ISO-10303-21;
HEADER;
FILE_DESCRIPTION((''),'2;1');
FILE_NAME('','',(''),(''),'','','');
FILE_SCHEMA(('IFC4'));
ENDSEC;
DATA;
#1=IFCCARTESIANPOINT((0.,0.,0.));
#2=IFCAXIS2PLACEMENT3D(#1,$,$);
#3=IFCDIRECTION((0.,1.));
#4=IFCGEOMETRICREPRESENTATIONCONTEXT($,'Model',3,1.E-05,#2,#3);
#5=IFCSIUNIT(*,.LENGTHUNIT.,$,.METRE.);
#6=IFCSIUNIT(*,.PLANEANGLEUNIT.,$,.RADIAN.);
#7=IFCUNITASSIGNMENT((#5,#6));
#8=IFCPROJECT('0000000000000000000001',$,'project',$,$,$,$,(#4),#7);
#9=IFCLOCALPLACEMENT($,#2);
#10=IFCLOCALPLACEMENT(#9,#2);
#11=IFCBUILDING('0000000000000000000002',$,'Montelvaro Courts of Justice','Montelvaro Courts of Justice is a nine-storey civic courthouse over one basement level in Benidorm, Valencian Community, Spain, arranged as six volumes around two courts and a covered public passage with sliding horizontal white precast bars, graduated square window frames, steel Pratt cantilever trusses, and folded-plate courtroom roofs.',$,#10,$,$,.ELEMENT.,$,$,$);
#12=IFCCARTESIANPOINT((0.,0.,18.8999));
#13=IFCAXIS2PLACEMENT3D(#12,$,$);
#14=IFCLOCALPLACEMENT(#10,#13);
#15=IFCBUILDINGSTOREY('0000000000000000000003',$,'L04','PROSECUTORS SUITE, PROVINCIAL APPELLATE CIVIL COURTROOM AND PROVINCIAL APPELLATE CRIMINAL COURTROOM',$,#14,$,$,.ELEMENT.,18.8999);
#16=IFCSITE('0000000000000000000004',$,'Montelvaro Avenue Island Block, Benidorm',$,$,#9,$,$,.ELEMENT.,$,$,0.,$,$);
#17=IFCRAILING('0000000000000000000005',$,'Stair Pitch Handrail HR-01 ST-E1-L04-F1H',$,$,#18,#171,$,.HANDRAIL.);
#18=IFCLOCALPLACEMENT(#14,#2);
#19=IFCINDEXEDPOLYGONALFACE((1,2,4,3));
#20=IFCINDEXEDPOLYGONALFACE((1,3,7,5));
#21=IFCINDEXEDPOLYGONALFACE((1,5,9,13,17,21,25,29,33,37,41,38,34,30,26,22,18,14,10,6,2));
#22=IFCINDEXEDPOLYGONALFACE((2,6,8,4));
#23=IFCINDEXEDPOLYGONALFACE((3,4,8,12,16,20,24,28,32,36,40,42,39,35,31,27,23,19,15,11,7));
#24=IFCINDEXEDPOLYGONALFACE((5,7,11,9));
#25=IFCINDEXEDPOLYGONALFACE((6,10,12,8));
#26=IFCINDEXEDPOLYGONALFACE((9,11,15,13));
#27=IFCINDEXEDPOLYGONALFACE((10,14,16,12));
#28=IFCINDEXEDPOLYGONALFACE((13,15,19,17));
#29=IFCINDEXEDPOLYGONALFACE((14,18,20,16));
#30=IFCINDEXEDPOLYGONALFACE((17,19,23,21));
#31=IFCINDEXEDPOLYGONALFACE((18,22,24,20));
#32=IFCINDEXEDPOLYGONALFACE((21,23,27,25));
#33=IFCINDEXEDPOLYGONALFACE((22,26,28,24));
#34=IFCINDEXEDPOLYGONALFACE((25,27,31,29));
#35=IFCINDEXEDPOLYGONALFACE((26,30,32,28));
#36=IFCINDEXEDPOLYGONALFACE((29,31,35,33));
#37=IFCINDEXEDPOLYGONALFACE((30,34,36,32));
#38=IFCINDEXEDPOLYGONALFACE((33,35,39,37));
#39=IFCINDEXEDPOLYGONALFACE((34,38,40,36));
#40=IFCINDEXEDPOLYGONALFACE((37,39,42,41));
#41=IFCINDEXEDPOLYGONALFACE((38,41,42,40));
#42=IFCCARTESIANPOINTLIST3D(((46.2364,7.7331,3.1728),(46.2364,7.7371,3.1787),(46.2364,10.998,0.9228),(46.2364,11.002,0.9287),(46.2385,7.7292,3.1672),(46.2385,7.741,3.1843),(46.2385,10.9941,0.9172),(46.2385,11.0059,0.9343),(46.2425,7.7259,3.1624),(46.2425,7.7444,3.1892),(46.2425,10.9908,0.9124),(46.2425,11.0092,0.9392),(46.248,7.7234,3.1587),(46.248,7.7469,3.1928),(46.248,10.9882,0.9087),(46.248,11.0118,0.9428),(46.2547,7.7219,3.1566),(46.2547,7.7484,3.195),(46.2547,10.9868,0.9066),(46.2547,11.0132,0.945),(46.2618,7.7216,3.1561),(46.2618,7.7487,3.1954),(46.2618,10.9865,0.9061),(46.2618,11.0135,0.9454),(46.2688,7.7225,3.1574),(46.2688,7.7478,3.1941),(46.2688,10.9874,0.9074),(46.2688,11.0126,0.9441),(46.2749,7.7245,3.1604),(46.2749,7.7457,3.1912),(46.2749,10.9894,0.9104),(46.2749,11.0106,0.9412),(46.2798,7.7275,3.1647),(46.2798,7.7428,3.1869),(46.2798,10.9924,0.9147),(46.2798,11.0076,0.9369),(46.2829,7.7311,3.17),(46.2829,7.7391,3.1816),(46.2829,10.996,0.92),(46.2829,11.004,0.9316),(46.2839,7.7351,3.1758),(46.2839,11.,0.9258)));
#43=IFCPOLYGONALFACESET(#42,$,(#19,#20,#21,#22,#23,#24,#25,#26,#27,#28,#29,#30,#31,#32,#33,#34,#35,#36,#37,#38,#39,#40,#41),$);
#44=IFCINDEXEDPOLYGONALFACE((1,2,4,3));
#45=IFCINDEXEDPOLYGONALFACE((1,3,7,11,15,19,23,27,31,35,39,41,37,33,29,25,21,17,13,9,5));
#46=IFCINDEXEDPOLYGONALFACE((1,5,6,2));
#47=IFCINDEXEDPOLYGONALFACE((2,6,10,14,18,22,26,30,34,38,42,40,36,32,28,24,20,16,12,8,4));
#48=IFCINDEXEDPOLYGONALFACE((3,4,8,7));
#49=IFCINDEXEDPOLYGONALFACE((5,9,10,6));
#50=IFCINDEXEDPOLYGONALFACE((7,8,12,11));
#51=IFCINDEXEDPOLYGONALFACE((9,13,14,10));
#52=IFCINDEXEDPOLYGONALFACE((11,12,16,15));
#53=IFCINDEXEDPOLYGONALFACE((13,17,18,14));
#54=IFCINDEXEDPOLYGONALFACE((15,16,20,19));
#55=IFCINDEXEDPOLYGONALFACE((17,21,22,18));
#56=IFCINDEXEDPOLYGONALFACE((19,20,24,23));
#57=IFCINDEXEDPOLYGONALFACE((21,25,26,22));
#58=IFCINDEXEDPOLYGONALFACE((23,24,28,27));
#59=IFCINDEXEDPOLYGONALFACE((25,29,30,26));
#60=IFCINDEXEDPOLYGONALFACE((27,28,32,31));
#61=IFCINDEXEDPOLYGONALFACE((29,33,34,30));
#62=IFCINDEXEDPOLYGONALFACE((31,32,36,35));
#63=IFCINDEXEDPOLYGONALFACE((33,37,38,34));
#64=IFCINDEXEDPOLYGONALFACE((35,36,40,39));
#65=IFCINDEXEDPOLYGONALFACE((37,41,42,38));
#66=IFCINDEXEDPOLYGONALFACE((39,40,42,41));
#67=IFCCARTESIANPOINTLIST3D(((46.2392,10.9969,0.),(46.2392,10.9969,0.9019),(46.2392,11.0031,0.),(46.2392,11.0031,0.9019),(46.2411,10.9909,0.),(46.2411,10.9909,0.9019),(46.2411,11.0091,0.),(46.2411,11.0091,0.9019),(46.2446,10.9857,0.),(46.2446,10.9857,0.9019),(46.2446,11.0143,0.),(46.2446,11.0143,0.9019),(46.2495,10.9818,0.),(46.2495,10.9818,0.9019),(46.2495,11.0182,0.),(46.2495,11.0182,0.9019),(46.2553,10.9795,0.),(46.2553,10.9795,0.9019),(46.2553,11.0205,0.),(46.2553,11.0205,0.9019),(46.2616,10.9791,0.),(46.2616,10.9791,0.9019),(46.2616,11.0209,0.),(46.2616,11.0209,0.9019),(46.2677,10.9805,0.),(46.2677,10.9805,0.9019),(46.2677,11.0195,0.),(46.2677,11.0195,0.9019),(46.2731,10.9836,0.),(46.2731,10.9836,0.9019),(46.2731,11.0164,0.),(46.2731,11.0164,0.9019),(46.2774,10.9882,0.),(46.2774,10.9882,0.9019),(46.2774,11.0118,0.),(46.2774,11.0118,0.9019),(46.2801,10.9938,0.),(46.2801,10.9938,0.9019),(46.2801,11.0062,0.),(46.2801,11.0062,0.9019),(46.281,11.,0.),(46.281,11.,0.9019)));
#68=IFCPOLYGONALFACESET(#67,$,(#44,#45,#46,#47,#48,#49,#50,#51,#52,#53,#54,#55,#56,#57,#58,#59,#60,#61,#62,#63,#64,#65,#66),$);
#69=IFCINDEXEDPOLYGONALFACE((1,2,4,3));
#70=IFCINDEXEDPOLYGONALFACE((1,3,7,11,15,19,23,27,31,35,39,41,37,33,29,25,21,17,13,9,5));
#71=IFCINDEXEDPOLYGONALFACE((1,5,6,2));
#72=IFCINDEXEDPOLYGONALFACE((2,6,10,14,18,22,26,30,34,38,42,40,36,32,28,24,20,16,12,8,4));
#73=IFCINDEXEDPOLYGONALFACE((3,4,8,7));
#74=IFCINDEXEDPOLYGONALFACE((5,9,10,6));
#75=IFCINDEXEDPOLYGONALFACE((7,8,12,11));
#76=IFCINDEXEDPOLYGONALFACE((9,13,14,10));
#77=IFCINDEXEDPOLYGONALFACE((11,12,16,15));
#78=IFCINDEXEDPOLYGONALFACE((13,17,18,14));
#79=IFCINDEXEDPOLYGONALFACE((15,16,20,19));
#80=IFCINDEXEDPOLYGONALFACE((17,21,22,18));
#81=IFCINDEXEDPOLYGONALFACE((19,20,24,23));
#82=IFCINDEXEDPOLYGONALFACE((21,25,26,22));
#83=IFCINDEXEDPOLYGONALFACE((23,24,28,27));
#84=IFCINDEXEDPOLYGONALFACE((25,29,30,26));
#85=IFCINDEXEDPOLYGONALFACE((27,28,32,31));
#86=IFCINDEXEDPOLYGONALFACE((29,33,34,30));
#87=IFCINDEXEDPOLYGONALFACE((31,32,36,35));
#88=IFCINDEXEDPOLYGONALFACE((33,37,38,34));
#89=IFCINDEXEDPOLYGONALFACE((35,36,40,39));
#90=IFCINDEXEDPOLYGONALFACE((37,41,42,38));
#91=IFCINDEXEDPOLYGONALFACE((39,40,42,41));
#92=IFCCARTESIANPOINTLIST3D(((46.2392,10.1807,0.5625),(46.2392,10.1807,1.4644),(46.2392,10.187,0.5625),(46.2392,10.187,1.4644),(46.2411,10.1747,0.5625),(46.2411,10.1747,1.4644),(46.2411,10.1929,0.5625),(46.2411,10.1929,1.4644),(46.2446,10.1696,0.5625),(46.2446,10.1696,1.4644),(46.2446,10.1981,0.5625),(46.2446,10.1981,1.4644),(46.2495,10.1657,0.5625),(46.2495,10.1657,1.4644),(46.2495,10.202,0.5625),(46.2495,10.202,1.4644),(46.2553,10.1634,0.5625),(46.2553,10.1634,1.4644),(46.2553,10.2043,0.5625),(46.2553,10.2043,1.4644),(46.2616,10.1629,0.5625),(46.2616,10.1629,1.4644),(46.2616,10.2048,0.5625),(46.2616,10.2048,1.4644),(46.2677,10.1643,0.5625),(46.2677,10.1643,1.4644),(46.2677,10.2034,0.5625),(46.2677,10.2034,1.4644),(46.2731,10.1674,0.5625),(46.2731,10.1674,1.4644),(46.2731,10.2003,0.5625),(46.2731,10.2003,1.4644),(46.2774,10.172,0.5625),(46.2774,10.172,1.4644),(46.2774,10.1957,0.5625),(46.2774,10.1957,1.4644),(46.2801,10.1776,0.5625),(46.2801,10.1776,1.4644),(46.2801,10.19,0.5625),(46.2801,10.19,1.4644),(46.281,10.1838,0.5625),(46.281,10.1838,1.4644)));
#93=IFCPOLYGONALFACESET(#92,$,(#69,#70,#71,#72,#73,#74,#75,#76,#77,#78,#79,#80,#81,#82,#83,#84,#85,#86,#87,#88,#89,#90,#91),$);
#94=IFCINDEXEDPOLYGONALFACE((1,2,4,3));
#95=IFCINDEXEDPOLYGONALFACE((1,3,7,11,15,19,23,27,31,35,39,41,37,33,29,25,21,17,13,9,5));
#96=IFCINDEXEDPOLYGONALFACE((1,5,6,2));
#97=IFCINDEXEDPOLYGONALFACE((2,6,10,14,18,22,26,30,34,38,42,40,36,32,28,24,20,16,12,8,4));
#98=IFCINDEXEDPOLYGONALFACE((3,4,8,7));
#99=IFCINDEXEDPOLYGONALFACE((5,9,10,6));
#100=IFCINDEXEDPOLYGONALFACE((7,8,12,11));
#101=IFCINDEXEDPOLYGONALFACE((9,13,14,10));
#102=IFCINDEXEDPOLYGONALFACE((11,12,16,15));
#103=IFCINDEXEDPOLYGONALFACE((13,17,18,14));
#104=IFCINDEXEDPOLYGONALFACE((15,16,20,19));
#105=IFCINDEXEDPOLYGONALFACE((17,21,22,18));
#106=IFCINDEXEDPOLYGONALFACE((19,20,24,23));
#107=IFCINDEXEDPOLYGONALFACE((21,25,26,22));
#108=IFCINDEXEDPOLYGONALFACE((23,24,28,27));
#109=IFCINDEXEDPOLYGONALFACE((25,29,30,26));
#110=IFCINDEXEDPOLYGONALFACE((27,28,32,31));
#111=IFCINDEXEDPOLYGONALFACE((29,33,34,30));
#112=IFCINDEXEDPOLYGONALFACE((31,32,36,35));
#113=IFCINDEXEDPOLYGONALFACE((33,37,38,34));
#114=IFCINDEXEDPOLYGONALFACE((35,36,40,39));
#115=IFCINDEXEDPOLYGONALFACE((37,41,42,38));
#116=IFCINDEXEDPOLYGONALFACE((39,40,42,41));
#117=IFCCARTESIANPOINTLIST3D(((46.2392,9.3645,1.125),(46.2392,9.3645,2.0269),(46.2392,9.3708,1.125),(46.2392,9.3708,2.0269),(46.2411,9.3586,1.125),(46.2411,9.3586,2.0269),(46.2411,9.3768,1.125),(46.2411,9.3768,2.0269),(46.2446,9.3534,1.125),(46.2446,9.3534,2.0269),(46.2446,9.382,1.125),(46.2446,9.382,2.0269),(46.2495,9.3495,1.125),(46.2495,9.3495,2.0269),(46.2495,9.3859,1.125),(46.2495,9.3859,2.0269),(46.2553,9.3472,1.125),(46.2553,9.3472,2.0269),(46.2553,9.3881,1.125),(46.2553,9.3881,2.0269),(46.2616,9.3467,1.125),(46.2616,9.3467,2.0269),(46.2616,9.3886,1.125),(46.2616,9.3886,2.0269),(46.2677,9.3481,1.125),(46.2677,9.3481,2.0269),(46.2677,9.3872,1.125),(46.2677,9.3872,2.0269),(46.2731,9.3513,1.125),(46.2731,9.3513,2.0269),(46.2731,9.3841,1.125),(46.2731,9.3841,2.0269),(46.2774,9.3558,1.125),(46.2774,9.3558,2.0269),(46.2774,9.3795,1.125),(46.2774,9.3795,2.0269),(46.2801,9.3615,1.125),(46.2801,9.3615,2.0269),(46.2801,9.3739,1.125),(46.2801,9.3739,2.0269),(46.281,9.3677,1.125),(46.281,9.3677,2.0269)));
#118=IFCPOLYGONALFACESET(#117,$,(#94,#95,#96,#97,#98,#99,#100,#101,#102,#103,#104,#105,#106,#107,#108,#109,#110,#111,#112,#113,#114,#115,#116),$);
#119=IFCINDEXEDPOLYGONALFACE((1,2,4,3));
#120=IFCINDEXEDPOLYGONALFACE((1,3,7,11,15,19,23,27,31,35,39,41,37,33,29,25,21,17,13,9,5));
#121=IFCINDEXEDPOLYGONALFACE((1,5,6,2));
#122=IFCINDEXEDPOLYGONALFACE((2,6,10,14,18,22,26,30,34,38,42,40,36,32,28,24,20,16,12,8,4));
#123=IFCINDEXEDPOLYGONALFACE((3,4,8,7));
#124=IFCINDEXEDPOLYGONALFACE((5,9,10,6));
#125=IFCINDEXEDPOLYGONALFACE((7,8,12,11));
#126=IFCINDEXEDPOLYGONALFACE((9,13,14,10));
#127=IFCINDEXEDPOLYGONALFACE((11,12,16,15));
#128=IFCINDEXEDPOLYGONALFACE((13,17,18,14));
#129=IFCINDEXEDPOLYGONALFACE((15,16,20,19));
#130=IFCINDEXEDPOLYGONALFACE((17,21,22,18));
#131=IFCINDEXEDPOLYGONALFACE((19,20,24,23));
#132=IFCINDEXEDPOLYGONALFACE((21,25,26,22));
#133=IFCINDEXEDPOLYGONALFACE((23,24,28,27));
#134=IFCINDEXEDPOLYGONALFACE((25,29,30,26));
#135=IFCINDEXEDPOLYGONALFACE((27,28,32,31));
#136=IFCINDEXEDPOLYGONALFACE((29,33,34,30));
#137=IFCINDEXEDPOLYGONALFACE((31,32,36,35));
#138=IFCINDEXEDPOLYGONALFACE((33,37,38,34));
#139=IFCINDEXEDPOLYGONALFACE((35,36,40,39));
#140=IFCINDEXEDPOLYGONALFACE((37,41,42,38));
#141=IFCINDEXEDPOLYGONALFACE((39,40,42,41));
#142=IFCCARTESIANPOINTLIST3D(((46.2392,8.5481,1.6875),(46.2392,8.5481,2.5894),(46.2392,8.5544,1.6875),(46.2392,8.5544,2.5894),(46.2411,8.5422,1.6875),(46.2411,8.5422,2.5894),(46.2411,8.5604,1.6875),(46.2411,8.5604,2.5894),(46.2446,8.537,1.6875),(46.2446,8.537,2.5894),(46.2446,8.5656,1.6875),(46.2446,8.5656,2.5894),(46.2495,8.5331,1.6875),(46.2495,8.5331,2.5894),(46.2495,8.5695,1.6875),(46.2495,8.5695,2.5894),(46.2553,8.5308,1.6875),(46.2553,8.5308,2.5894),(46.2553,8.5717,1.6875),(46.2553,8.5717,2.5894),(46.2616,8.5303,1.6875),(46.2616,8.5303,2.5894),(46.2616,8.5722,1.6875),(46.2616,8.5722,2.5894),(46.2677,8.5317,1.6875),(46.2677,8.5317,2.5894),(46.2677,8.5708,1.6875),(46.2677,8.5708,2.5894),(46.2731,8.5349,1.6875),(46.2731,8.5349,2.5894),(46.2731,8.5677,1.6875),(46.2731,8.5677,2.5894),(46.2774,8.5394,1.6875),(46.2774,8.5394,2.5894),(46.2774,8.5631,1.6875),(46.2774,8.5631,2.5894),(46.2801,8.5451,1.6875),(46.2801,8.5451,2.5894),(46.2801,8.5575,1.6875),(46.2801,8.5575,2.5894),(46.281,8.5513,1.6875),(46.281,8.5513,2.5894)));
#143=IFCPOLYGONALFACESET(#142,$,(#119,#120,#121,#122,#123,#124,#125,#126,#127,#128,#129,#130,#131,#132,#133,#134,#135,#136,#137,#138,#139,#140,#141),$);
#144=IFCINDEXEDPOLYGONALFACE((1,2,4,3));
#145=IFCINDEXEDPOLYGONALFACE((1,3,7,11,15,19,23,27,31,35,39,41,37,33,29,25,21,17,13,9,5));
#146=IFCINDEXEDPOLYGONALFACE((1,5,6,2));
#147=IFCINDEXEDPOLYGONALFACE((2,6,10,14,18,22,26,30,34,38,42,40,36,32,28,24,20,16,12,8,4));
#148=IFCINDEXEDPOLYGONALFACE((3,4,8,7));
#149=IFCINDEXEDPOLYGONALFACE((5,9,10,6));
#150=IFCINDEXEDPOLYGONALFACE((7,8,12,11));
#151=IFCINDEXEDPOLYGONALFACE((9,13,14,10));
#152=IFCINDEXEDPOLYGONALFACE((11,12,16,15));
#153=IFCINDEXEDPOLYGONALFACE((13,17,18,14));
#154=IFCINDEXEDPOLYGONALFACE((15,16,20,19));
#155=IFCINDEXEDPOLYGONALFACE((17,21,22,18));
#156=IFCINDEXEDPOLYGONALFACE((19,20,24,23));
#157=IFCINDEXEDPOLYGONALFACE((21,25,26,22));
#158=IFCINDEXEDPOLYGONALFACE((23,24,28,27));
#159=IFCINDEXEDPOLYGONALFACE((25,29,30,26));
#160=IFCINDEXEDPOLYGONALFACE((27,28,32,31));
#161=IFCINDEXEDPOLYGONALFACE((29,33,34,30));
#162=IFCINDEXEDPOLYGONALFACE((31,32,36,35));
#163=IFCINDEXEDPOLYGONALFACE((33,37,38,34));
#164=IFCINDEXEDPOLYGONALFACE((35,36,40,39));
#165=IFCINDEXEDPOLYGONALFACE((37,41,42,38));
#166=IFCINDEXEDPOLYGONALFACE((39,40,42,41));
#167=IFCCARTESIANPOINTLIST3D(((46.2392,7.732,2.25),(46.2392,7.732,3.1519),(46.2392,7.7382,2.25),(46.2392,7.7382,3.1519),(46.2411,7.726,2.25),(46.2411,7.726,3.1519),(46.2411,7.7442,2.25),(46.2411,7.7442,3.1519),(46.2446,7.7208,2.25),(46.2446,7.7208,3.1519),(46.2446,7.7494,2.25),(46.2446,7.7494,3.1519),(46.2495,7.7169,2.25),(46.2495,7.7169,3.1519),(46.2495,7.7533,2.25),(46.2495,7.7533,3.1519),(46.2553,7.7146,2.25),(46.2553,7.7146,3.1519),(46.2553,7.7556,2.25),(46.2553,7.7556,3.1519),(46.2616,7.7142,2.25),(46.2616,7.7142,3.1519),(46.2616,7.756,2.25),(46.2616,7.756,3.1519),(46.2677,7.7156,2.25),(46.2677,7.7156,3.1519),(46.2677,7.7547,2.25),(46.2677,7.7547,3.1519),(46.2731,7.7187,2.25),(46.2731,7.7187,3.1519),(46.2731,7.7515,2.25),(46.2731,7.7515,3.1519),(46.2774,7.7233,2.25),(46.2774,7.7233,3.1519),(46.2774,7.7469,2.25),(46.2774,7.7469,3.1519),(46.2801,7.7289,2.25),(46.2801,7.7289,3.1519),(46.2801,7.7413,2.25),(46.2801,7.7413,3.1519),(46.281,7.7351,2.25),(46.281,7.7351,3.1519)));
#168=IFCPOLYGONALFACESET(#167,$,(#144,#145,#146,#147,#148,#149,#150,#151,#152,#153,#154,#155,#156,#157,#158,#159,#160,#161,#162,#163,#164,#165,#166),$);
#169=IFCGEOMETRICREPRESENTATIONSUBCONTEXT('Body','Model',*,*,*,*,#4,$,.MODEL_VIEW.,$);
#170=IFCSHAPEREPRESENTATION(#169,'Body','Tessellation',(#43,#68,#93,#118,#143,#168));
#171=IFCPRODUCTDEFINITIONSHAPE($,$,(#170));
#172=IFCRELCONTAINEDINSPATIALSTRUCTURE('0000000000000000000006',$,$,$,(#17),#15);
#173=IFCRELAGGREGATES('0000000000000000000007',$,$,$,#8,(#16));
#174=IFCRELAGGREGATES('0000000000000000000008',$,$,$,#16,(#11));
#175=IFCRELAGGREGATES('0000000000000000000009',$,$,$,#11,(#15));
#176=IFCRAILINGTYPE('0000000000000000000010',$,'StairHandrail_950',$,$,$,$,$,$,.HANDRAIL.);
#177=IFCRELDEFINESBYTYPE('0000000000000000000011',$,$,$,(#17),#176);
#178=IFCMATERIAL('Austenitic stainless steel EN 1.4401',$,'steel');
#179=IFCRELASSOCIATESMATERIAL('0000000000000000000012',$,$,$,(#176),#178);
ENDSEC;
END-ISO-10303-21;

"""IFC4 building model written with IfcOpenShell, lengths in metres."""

from ifc_helpers import new_model, si_unit, direction, frame, origin, origin_2d, place, context, subcontext, project, spatial, circle, extrude, material, type_object, element, save


model = new_model("IFC4")

# Units and contexts
model_context = context("Model", 3, precision=1e-05, world=origin(), true_north=direction((0.0, 1.0)))
body_context = subcontext(model_context, "Body", "Model", "MODEL_VIEW")
ifc_project = project(units=[si_unit("LENGTHUNIT", "METRE"), si_unit("PLANEANGLEUNIT", "RADIAN")], contexts=[model_context])

# Site, building, storey
site_placement = place(None, origin())
site = spatial("IfcSite", under=ifc_project, at=site_placement, Name="Montelvaro Avenue Island Block, Benidorm", CompositionType="ELEMENT", RefElevation=0.0)
building_placement = place(site_placement, origin())
building = spatial("IfcBuilding", under=site, at=building_placement, Name="Montelvaro Courts of Justice", Description="Montelvaro Courts of Justice is a nine-storey civic courthouse over one basement level in Benidorm, Valencian Community, Spain, arranged as six volumes around two courts and a covered public passage with sliding horizontal white precast bars, graduated square window frames, steel Pratt cantilever trusses, and folded-plate courtroom roofs.", CompositionType="ELEMENT")
storey_placement = place(building_placement, frame((0.0, 0.0, 18.8999)))
storey = spatial("IfcBuildingStorey", under=building, at=storey_placement, Name="L04", Description="PROSECUTORS SUITE, PROVINCIAL APPELLATE CIVIL COURTROOM AND PROVINCIAL APPELLATE CRIMINAL COURTROOM", CompositionType="ELEMENT", Elevation=18.8999)

# Railing
ifc_material_1 = material(Name="Austenitic stainless steel EN 1.4401", Category="steel")
railing_type_1 = type_object("IfcRailingType", Name="StairHandrail_950", PredefinedType="HANDRAIL", material=ifc_material_1)
railing_1_placement = place(storey_placement, frame((46.26, 11.0, 0.0)))
element("IfcRailing", 1, at=railing_1_placement, inside=storey, type_object=railing_type_1, Name="Stair Pitch Handrail HR-01 ST-E1-L04-F1H", PredefinedType="HANDRAIL", context=body_context, shape_type="SweptSolid", body=[
    extrude(circle(Radius=0.0239, at=origin_2d()), frame((0.0, 0.0, 0.9258), z_axis=(0.0, -0.823407, 0.567451), x_axis=(1.0, 0.0, 0.0)), (0.0, 0.0, 1.0), 3.9651),
    extrude(circle(Radius=0.021, at=origin_2d()), origin(), (0.0, 0.0, 1.0), 0.9019),
    extrude(circle(Radius=0.021, at=origin_2d()), frame((0.0, -0.8162, 0.5625)), (0.0, 0.0, 1.0), 0.9019),
    extrude(circle(Radius=0.021, at=origin_2d()), frame((0.0, -1.6323, 1.125)), (0.0, 0.0, 1.0), 0.9019),
    extrude(circle(Radius=0.021, at=origin_2d()), frame((0.0, -2.4487, 1.6875)), (0.0, 0.0, 1.0), 0.9019),
    extrude(circle(Radius=0.021, at=origin_2d()), frame((0.0, -3.2649, 2.25)), (0.0, 0.0, 1.0), 0.9019),
])

save(model, "model.ifc")
